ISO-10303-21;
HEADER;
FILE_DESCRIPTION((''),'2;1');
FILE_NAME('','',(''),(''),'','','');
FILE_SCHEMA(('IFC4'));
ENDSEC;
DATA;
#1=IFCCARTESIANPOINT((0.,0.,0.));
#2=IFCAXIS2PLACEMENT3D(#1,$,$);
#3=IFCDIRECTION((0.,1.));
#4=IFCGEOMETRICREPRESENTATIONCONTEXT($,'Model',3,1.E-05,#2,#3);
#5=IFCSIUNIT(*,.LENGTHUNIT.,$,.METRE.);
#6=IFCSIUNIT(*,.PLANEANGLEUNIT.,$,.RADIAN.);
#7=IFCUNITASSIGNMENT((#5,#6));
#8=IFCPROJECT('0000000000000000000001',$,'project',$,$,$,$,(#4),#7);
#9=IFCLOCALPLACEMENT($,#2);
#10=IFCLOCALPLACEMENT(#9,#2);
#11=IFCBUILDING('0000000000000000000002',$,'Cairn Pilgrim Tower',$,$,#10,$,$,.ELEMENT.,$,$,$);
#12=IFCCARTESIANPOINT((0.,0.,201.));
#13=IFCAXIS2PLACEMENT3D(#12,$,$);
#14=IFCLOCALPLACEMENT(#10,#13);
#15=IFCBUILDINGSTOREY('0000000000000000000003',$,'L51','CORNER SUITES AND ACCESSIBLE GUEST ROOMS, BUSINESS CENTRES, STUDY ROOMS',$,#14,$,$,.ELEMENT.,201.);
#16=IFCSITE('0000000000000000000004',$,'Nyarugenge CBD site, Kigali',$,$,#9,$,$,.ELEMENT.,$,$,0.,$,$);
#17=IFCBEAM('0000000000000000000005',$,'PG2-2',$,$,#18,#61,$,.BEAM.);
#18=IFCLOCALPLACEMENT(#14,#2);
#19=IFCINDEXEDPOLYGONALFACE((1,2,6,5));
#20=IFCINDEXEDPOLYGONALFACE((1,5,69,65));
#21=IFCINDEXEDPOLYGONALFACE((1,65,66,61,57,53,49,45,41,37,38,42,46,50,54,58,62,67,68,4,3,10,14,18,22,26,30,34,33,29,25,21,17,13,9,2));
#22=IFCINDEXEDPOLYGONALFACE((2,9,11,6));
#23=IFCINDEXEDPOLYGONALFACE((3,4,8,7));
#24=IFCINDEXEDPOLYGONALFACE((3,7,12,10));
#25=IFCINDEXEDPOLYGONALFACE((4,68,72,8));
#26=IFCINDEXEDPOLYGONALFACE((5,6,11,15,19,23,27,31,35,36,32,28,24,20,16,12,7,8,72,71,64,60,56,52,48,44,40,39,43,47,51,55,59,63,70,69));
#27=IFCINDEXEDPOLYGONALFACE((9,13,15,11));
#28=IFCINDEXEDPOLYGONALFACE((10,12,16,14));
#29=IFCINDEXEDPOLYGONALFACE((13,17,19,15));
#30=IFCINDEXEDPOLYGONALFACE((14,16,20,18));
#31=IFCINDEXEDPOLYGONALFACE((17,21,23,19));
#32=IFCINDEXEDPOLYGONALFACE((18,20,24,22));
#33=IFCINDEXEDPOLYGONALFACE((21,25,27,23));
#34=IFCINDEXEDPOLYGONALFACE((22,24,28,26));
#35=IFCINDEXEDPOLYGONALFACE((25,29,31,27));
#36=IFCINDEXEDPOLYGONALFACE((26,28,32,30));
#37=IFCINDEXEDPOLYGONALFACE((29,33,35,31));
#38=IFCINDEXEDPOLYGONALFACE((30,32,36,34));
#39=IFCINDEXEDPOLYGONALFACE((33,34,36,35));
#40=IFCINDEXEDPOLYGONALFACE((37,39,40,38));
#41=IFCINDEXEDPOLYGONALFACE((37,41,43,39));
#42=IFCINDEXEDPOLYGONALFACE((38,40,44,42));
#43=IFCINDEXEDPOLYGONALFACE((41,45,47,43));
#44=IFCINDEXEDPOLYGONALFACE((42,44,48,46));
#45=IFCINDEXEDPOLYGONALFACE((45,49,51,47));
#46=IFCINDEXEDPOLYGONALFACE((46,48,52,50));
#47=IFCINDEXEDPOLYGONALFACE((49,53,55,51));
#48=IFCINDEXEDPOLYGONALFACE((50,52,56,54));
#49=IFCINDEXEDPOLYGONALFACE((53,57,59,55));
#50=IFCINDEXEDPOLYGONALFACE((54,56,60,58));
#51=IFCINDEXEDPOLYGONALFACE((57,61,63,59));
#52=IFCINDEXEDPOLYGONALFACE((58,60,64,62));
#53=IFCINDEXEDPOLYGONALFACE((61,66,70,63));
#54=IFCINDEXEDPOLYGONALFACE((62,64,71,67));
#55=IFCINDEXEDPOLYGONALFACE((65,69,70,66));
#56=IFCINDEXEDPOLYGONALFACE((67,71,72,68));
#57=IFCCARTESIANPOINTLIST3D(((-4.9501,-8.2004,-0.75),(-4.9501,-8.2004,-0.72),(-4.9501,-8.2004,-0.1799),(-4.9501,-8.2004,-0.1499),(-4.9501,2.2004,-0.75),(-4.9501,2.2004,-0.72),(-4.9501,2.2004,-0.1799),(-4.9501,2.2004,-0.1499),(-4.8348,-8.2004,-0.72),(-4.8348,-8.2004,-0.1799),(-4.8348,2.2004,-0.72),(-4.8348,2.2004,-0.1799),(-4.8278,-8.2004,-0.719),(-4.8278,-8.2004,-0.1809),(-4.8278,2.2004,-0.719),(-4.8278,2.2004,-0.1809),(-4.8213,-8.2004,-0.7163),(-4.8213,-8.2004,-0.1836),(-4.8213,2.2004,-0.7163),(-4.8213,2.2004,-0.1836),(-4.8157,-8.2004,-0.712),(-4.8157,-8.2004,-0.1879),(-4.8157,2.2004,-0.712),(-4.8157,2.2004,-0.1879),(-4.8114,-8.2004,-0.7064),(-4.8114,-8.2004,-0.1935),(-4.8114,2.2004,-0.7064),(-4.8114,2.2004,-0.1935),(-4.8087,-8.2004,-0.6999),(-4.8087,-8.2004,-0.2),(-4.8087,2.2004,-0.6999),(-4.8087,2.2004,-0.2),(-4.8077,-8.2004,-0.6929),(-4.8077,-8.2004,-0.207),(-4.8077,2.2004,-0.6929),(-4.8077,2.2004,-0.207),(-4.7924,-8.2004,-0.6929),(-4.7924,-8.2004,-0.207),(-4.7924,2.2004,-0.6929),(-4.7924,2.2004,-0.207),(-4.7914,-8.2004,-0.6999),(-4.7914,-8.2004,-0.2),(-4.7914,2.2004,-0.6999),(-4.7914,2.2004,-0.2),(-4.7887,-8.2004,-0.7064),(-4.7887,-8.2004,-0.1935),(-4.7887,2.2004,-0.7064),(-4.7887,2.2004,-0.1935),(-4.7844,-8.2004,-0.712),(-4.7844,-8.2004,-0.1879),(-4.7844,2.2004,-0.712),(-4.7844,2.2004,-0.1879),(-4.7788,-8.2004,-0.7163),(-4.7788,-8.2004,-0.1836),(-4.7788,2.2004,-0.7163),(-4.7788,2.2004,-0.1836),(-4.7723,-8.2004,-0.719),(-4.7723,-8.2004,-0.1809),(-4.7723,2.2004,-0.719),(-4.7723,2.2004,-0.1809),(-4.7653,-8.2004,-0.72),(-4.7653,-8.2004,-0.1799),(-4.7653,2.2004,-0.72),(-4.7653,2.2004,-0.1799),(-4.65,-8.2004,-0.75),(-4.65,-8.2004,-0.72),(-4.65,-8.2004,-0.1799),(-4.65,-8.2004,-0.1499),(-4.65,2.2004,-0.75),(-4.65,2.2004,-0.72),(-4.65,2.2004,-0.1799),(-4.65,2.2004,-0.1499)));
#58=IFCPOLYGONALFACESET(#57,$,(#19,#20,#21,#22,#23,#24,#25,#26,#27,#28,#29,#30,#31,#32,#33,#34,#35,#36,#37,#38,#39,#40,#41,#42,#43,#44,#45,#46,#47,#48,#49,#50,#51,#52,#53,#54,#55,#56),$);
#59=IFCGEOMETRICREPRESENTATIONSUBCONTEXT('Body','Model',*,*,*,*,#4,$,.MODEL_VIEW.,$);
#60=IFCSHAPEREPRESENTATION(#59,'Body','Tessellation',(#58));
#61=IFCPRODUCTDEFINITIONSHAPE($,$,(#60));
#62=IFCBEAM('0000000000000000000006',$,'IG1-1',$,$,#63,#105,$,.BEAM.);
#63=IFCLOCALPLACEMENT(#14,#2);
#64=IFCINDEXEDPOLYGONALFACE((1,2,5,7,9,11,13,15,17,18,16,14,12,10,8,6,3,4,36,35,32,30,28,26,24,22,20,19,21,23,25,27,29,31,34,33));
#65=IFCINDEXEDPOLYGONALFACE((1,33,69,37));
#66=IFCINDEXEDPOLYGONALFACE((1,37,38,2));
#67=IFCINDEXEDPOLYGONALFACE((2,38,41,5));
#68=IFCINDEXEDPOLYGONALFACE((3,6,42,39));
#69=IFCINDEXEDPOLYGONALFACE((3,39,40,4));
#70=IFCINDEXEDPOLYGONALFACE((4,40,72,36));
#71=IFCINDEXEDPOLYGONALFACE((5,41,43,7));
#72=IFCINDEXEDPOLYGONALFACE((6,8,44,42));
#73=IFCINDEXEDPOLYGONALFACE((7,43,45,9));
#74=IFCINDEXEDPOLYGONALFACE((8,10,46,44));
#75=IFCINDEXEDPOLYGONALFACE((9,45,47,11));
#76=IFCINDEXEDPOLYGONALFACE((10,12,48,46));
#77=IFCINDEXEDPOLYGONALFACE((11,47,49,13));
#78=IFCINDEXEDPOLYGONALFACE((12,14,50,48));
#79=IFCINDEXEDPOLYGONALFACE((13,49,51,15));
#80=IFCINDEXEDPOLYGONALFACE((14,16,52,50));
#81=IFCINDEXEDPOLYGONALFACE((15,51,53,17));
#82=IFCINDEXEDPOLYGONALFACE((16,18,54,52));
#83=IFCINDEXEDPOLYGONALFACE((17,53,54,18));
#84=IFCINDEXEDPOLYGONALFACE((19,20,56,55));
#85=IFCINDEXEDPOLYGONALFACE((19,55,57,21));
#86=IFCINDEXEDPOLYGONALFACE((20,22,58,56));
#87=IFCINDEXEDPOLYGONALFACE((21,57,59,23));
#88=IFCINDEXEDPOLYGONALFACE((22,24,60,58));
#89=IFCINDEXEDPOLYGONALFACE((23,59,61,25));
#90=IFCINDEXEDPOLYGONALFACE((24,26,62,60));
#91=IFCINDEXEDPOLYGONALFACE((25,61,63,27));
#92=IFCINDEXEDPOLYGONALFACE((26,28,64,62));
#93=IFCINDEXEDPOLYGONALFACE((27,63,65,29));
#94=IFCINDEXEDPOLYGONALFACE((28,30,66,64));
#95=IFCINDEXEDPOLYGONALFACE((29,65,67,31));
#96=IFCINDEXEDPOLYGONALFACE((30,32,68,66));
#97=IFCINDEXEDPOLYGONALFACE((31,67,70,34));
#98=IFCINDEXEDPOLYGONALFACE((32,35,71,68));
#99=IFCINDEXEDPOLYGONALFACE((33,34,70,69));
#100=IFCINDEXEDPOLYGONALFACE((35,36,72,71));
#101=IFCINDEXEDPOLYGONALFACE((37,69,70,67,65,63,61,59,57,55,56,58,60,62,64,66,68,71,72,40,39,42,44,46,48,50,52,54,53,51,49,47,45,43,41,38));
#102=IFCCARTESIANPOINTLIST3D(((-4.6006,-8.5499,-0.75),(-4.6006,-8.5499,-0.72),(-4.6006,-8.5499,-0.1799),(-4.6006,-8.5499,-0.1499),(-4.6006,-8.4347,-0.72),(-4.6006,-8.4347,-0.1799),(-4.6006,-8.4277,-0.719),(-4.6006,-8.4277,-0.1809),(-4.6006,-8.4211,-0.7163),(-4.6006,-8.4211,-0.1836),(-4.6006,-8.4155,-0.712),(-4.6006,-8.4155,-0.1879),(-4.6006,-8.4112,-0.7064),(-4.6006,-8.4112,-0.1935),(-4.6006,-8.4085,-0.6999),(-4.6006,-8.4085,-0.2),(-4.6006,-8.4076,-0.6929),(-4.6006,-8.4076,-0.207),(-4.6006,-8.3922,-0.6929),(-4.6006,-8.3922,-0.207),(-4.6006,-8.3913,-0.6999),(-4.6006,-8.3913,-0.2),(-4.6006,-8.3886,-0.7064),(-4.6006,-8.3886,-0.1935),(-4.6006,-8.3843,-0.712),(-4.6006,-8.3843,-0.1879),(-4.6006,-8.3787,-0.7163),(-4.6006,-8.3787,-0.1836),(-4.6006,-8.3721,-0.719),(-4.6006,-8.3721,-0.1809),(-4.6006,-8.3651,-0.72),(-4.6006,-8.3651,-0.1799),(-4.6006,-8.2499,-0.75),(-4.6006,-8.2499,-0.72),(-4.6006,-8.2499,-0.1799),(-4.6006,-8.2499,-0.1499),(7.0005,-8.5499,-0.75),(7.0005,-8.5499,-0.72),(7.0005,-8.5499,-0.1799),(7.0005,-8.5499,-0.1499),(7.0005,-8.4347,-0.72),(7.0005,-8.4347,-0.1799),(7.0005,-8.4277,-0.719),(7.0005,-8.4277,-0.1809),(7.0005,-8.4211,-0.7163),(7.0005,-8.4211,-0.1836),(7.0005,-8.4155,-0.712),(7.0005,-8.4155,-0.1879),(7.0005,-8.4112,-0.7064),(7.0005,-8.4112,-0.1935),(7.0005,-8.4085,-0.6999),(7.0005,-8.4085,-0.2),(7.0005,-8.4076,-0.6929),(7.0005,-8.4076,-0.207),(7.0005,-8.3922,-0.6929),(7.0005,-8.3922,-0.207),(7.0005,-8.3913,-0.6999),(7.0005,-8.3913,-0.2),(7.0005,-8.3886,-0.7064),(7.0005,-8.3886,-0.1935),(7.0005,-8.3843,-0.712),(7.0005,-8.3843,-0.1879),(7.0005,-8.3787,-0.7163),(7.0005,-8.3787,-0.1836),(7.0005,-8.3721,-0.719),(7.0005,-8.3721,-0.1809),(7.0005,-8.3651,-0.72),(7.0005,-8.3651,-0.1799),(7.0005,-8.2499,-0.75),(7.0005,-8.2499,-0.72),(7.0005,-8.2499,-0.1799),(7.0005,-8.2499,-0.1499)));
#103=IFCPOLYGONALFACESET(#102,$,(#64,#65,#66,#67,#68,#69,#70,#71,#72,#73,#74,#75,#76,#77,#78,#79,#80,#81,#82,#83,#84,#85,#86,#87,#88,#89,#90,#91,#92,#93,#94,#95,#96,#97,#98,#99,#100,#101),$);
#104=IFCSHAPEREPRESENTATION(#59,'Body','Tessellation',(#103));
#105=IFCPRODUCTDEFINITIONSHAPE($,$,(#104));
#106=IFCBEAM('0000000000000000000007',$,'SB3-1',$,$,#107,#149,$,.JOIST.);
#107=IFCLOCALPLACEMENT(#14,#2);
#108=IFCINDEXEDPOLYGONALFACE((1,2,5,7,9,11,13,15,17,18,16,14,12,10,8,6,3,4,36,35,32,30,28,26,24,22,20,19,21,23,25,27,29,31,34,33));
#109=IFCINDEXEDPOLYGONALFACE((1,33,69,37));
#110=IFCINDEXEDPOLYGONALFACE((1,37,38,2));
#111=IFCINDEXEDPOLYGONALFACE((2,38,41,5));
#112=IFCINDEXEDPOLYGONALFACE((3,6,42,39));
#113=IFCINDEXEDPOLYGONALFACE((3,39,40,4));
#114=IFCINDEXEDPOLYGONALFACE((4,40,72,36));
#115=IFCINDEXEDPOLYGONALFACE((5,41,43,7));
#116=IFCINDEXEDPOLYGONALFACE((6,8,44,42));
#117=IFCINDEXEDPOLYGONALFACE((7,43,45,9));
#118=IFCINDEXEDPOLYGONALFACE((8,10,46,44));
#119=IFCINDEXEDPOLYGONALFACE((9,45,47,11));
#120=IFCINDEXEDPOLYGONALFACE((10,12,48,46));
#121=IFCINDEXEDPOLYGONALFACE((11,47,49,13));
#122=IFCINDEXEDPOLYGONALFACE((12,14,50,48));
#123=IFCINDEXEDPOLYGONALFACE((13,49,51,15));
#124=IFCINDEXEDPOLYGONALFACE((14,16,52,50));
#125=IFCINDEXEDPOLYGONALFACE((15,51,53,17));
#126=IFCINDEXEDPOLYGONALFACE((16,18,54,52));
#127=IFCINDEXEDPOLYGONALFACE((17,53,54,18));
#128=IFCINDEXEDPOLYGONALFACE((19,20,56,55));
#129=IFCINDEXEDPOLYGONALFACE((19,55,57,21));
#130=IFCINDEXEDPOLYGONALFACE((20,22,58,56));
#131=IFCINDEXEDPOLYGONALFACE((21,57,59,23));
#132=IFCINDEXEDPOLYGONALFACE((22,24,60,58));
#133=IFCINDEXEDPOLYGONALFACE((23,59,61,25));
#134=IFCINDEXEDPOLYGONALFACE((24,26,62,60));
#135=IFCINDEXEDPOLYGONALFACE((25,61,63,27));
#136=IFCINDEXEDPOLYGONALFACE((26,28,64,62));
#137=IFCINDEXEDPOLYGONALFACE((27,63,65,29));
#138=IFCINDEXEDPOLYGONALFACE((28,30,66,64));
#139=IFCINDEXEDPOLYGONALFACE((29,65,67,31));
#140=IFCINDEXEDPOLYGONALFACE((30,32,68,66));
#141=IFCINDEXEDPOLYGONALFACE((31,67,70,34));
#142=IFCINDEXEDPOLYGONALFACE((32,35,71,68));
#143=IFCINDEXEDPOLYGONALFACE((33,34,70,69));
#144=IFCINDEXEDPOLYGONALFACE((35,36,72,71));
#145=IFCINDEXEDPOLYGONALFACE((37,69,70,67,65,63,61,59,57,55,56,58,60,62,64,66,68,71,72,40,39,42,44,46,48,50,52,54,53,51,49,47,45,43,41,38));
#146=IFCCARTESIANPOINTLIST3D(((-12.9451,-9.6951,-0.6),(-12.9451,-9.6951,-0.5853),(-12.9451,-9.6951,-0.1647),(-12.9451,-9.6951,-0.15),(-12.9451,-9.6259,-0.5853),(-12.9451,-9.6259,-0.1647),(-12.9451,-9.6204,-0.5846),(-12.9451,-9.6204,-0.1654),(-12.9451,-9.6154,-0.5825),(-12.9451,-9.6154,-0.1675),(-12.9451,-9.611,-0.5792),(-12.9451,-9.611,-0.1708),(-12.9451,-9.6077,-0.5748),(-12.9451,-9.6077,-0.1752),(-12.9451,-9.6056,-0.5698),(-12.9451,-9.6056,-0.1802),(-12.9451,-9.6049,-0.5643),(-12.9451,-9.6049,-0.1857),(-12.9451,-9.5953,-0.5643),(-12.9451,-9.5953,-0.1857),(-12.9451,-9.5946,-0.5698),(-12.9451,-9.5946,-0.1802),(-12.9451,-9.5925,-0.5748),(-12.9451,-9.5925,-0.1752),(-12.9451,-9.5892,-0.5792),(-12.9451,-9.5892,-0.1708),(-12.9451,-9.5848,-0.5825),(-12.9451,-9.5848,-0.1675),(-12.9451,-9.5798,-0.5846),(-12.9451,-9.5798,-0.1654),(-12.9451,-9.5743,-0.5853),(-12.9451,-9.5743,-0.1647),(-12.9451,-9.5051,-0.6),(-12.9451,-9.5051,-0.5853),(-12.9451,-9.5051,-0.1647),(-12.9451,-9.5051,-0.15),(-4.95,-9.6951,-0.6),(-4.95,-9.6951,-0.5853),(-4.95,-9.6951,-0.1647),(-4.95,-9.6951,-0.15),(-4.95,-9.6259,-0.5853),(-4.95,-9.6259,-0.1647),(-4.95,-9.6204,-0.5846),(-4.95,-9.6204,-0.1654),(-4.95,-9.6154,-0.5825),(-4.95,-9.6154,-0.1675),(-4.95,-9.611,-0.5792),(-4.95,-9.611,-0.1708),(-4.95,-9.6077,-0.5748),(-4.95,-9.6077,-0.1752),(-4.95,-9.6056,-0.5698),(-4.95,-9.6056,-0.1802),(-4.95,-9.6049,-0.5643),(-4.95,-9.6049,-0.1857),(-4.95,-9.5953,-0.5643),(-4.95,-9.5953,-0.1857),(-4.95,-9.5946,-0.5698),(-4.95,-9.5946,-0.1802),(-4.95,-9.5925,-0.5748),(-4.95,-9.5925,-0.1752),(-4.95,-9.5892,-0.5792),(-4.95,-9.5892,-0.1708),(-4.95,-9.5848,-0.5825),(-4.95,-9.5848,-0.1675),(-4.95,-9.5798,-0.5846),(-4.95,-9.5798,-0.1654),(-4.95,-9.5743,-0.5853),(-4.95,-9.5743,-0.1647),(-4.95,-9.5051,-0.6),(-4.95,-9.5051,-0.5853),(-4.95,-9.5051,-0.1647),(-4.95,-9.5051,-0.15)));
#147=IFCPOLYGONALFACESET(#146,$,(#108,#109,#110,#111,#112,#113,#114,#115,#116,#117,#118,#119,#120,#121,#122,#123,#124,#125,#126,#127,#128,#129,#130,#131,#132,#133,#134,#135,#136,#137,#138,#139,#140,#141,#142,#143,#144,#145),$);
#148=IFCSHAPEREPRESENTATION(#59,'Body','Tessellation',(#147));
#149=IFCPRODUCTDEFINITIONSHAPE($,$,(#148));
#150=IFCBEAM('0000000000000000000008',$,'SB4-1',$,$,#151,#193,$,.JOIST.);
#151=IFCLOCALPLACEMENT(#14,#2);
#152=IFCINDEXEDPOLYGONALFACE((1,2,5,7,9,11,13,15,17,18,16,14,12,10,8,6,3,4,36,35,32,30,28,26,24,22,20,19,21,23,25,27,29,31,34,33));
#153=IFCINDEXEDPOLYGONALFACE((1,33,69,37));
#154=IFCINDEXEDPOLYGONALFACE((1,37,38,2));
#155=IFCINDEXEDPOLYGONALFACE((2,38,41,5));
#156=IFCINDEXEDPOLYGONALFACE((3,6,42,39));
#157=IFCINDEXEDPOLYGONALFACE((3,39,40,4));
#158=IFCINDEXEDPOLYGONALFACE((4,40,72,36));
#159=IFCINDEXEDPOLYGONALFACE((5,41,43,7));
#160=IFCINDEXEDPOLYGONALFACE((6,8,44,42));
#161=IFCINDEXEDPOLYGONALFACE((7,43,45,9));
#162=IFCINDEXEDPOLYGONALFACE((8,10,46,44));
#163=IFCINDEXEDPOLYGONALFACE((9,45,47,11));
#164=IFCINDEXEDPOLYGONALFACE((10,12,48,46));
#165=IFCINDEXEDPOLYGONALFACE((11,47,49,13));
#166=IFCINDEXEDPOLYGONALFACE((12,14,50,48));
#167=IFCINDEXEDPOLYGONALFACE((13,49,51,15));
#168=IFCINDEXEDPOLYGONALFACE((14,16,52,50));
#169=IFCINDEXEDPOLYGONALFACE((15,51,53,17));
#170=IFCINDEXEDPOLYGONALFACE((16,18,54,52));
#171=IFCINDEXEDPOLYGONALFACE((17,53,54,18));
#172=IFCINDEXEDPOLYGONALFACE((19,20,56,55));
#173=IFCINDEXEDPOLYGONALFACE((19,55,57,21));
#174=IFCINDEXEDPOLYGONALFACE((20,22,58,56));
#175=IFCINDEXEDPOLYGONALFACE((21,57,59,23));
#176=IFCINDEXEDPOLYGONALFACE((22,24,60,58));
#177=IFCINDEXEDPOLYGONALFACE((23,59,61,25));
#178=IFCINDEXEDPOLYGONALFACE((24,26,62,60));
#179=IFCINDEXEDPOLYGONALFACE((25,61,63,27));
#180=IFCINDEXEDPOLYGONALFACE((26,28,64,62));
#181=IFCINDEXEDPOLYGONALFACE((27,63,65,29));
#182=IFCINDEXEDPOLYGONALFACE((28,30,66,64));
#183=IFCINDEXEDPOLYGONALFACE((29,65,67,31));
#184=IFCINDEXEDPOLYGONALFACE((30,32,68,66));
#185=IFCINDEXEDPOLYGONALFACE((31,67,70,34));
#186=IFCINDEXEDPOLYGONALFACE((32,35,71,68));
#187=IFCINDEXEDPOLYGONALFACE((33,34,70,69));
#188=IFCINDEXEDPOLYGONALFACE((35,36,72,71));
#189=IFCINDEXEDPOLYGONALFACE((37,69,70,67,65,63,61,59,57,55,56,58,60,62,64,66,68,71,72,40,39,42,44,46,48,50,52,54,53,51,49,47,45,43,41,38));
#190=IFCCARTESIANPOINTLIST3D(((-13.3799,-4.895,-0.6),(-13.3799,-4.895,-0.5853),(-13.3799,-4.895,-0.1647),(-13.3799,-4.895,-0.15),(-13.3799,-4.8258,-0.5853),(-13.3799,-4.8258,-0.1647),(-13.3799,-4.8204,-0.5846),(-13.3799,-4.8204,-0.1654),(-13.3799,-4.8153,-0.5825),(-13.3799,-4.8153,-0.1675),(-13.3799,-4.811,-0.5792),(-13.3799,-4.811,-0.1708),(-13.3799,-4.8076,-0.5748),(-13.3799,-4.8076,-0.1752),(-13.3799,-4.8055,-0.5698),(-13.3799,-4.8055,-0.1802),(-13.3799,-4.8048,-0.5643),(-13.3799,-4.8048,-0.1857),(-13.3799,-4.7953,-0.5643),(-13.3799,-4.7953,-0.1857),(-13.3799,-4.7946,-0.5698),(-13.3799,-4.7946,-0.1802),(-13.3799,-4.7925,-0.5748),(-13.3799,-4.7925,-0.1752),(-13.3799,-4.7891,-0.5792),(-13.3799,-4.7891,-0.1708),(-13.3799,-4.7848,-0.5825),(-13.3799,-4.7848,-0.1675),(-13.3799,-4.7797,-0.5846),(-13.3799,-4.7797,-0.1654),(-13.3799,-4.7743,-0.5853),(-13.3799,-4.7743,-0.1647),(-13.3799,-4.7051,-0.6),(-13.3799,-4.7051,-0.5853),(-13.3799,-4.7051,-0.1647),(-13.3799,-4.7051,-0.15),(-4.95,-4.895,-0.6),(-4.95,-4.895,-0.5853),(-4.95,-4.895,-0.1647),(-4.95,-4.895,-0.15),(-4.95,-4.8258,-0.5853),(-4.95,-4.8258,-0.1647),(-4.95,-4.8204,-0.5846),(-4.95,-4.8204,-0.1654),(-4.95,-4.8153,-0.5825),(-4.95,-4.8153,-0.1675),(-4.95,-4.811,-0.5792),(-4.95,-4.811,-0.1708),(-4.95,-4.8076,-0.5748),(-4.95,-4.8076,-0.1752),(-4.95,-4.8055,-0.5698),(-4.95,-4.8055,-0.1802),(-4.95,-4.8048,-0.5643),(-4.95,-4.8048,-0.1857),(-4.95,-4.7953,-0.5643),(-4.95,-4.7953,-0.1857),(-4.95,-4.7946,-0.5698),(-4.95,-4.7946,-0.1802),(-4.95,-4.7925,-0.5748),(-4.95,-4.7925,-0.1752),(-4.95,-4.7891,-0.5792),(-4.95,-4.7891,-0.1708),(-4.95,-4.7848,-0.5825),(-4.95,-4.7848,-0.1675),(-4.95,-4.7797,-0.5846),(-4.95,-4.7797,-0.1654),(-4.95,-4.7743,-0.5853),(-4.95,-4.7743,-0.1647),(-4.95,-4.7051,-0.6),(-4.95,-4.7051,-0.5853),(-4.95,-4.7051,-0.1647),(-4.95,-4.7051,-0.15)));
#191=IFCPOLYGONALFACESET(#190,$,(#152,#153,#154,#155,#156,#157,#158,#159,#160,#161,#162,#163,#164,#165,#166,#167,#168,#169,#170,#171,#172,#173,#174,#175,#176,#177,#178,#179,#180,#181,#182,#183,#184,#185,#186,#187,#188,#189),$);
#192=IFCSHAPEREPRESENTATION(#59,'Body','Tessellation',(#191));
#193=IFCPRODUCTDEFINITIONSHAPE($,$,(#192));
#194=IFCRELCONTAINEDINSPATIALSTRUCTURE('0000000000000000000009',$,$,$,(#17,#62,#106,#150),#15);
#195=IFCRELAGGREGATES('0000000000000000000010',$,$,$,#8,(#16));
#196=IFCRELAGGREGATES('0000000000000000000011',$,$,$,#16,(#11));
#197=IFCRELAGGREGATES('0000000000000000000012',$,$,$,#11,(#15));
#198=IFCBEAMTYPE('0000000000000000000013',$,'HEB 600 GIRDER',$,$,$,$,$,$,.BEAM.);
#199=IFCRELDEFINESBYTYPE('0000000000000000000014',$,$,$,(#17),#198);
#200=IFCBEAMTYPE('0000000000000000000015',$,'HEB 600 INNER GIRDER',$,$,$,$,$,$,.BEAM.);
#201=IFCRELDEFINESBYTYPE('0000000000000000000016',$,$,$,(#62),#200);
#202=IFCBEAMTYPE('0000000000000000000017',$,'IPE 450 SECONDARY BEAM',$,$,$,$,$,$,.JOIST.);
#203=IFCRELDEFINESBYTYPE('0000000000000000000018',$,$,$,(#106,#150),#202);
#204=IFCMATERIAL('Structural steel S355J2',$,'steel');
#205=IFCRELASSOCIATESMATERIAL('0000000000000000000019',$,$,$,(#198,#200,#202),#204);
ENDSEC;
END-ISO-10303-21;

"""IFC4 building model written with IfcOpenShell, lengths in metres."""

from ifc_helpers import new_model, si_unit, direction, frame, origin, origin_2d, place, context, subcontext, project, spatial, i_section, extrude, material, material_profile, profile_set, type_object, element, save


model = new_model("IFC4")

# Units and contexts
model_context = context("Model", 3, precision=1e-05, world=origin(), true_north=direction((0.0, 1.0)))
body_context = subcontext(model_context, "Body", "Model", "MODEL_VIEW")
ifc_project = project(units=[si_unit("LENGTHUNIT", "METRE"), si_unit("PLANEANGLEUNIT", "RADIAN")], contexts=[model_context])

# Site, building, storey
site_placement = place(None, origin())
site = spatial("IfcSite", under=ifc_project, at=site_placement, Name="Nyarugenge CBD site, Kigali", CompositionType="ELEMENT", RefElevation=0.0)
building_placement = place(site_placement, origin())
building = spatial("IfcBuilding", under=site, at=building_placement, Name="Cairn Pilgrim Tower", CompositionType="ELEMENT")
storey_placement = place(building_placement, frame((0.0, 0.0, 201.0)))
storey = spatial("IfcBuildingStorey", under=building, at=storey_placement, Name="L51", Description="CORNER SUITES AND ACCESSIBLE GUEST ROOMS, BUSINESS CENTRES, STUDY ROOMS", CompositionType="ELEMENT", Elevation=201.0)

# Shared definitions
ifc_material_1 = material(Name="Structural steel S355J2", Category="steel")

# Beams
ifc_material_profile_1 = material_profile(ifc_material_1, i_section(OverallWidth=0.3, OverallDepth=0.6001, WebThickness=0.0154, FlangeThickness=0.03, FilletRadius=0.0271, at=origin_2d()), Name="HEB 600")
ifc_profile_set_1 = profile_set([ifc_material_profile_1], Name="Structural steel S355J2")
beam_type_1 = type_object("IfcBeamType", Name="HEB 600 GIRDER", PredefinedType="BEAM", material=ifc_profile_set_1)
beam_1_placement = place(storey_placement, frame((-4.8, -8.2004, -0.45), z_axis=(0.0, 1.0, 0.0), x_axis=(-1.0, 0.0, 0.0)))
element("IfcBeam", 1, at=beam_1_placement, inside=storey, type_object=beam_type_1, Name="PG2-2", PredefinedType="BEAM", context=body_context, shape_type="SweptSolid", body=[
    extrude(i_section(OverallWidth=0.3, OverallDepth=0.6001, WebThickness=0.0154, FlangeThickness=0.03, FilletRadius=0.0271, at=origin_2d()), origin(), (0.0, 0.0, 1.0), 10.4009),
])
ifc_material_profile_2 = material_profile(ifc_material_1, i_section(OverallWidth=0.3, OverallDepth=0.6001, WebThickness=0.0154, FlangeThickness=0.03, FilletRadius=0.0271, at=origin_2d()), Name="HEB 600")
ifc_profile_set_2 = profile_set([ifc_material_profile_2], Name="Structural steel S355J2")
beam_type_2 = type_object("IfcBeamType", Name="HEB 600 INNER GIRDER", PredefinedType="BEAM", material=ifc_profile_set_2)
beam_2_placement = place(storey_placement, frame((-4.6006, -8.3999, -0.45), z_axis=(1.0, 0.0, 0.0), x_axis=(0.0, 1.0, 0.0)))
element("IfcBeam", 2, at=beam_2_placement, inside=storey, type_object=beam_type_2, Name="IG1-1", PredefinedType="BEAM", context=body_context, shape_type="SweptSolid", body=[
    extrude(i_section(OverallWidth=0.3, OverallDepth=0.6001, WebThickness=0.0154, FlangeThickness=0.03, FilletRadius=0.0271, at=origin_2d()), origin(), (0.0, 0.0, 1.0), 11.6011),
])
ifc_material_profile_3 = material_profile(ifc_material_1, i_section(OverallWidth=0.1899, OverallDepth=0.45, WebThickness=0.0095, FlangeThickness=0.0146, FilletRadius=0.021, at=origin_2d()), Name="IPE 450")
ifc_profile_set_3 = profile_set([ifc_material_profile_3], Name="Structural steel S355J2")
beam_type_3 = type_object("IfcBeamType", Name="IPE 450 SECONDARY BEAM", PredefinedType="JOIST", material=ifc_profile_set_3)
beam_3_placement = place(storey_placement, frame((-12.9451, -9.6001, -0.375), z_axis=(1.0, 0.0, 0.0), x_axis=(0.0, 1.0, 0.0)))
element("IfcBeam", 3, at=beam_3_placement, inside=storey, type_object=beam_type_3, Name="SB3-1", PredefinedType="JOIST", context=body_context, shape_type="SweptSolid", body=[
    extrude(i_section(OverallWidth=0.1899, OverallDepth=0.45, WebThickness=0.0095, FlangeThickness=0.0146, FilletRadius=0.021, at=origin_2d()), origin(), (0.0, 0.0, 1.0), 7.9951),
])
for number, where, z_axis, x_axis, name in (
    (4, (-13.3799, -4.8, -0.375), (1.0, 0.0, 0.0), (0.0, 1.0, 0.0), "SB4-1"),
):
    element("IfcBeam", number, at=place(storey_placement, frame(where, z_axis=z_axis, x_axis=x_axis)), inside=storey, type_object=beam_type_3, Name=name, PredefinedType="JOIST", context=body_context, shape_type="SweptSolid", body=[
        extrude(i_section(OverallWidth=0.1899, OverallDepth=0.45, WebThickness=0.0095, FlangeThickness=0.0146, FilletRadius=0.021, at=origin_2d()), origin(), (0.0, 0.0, 1.0), 8.4299),
    ])

save(model, "model.ifc")
